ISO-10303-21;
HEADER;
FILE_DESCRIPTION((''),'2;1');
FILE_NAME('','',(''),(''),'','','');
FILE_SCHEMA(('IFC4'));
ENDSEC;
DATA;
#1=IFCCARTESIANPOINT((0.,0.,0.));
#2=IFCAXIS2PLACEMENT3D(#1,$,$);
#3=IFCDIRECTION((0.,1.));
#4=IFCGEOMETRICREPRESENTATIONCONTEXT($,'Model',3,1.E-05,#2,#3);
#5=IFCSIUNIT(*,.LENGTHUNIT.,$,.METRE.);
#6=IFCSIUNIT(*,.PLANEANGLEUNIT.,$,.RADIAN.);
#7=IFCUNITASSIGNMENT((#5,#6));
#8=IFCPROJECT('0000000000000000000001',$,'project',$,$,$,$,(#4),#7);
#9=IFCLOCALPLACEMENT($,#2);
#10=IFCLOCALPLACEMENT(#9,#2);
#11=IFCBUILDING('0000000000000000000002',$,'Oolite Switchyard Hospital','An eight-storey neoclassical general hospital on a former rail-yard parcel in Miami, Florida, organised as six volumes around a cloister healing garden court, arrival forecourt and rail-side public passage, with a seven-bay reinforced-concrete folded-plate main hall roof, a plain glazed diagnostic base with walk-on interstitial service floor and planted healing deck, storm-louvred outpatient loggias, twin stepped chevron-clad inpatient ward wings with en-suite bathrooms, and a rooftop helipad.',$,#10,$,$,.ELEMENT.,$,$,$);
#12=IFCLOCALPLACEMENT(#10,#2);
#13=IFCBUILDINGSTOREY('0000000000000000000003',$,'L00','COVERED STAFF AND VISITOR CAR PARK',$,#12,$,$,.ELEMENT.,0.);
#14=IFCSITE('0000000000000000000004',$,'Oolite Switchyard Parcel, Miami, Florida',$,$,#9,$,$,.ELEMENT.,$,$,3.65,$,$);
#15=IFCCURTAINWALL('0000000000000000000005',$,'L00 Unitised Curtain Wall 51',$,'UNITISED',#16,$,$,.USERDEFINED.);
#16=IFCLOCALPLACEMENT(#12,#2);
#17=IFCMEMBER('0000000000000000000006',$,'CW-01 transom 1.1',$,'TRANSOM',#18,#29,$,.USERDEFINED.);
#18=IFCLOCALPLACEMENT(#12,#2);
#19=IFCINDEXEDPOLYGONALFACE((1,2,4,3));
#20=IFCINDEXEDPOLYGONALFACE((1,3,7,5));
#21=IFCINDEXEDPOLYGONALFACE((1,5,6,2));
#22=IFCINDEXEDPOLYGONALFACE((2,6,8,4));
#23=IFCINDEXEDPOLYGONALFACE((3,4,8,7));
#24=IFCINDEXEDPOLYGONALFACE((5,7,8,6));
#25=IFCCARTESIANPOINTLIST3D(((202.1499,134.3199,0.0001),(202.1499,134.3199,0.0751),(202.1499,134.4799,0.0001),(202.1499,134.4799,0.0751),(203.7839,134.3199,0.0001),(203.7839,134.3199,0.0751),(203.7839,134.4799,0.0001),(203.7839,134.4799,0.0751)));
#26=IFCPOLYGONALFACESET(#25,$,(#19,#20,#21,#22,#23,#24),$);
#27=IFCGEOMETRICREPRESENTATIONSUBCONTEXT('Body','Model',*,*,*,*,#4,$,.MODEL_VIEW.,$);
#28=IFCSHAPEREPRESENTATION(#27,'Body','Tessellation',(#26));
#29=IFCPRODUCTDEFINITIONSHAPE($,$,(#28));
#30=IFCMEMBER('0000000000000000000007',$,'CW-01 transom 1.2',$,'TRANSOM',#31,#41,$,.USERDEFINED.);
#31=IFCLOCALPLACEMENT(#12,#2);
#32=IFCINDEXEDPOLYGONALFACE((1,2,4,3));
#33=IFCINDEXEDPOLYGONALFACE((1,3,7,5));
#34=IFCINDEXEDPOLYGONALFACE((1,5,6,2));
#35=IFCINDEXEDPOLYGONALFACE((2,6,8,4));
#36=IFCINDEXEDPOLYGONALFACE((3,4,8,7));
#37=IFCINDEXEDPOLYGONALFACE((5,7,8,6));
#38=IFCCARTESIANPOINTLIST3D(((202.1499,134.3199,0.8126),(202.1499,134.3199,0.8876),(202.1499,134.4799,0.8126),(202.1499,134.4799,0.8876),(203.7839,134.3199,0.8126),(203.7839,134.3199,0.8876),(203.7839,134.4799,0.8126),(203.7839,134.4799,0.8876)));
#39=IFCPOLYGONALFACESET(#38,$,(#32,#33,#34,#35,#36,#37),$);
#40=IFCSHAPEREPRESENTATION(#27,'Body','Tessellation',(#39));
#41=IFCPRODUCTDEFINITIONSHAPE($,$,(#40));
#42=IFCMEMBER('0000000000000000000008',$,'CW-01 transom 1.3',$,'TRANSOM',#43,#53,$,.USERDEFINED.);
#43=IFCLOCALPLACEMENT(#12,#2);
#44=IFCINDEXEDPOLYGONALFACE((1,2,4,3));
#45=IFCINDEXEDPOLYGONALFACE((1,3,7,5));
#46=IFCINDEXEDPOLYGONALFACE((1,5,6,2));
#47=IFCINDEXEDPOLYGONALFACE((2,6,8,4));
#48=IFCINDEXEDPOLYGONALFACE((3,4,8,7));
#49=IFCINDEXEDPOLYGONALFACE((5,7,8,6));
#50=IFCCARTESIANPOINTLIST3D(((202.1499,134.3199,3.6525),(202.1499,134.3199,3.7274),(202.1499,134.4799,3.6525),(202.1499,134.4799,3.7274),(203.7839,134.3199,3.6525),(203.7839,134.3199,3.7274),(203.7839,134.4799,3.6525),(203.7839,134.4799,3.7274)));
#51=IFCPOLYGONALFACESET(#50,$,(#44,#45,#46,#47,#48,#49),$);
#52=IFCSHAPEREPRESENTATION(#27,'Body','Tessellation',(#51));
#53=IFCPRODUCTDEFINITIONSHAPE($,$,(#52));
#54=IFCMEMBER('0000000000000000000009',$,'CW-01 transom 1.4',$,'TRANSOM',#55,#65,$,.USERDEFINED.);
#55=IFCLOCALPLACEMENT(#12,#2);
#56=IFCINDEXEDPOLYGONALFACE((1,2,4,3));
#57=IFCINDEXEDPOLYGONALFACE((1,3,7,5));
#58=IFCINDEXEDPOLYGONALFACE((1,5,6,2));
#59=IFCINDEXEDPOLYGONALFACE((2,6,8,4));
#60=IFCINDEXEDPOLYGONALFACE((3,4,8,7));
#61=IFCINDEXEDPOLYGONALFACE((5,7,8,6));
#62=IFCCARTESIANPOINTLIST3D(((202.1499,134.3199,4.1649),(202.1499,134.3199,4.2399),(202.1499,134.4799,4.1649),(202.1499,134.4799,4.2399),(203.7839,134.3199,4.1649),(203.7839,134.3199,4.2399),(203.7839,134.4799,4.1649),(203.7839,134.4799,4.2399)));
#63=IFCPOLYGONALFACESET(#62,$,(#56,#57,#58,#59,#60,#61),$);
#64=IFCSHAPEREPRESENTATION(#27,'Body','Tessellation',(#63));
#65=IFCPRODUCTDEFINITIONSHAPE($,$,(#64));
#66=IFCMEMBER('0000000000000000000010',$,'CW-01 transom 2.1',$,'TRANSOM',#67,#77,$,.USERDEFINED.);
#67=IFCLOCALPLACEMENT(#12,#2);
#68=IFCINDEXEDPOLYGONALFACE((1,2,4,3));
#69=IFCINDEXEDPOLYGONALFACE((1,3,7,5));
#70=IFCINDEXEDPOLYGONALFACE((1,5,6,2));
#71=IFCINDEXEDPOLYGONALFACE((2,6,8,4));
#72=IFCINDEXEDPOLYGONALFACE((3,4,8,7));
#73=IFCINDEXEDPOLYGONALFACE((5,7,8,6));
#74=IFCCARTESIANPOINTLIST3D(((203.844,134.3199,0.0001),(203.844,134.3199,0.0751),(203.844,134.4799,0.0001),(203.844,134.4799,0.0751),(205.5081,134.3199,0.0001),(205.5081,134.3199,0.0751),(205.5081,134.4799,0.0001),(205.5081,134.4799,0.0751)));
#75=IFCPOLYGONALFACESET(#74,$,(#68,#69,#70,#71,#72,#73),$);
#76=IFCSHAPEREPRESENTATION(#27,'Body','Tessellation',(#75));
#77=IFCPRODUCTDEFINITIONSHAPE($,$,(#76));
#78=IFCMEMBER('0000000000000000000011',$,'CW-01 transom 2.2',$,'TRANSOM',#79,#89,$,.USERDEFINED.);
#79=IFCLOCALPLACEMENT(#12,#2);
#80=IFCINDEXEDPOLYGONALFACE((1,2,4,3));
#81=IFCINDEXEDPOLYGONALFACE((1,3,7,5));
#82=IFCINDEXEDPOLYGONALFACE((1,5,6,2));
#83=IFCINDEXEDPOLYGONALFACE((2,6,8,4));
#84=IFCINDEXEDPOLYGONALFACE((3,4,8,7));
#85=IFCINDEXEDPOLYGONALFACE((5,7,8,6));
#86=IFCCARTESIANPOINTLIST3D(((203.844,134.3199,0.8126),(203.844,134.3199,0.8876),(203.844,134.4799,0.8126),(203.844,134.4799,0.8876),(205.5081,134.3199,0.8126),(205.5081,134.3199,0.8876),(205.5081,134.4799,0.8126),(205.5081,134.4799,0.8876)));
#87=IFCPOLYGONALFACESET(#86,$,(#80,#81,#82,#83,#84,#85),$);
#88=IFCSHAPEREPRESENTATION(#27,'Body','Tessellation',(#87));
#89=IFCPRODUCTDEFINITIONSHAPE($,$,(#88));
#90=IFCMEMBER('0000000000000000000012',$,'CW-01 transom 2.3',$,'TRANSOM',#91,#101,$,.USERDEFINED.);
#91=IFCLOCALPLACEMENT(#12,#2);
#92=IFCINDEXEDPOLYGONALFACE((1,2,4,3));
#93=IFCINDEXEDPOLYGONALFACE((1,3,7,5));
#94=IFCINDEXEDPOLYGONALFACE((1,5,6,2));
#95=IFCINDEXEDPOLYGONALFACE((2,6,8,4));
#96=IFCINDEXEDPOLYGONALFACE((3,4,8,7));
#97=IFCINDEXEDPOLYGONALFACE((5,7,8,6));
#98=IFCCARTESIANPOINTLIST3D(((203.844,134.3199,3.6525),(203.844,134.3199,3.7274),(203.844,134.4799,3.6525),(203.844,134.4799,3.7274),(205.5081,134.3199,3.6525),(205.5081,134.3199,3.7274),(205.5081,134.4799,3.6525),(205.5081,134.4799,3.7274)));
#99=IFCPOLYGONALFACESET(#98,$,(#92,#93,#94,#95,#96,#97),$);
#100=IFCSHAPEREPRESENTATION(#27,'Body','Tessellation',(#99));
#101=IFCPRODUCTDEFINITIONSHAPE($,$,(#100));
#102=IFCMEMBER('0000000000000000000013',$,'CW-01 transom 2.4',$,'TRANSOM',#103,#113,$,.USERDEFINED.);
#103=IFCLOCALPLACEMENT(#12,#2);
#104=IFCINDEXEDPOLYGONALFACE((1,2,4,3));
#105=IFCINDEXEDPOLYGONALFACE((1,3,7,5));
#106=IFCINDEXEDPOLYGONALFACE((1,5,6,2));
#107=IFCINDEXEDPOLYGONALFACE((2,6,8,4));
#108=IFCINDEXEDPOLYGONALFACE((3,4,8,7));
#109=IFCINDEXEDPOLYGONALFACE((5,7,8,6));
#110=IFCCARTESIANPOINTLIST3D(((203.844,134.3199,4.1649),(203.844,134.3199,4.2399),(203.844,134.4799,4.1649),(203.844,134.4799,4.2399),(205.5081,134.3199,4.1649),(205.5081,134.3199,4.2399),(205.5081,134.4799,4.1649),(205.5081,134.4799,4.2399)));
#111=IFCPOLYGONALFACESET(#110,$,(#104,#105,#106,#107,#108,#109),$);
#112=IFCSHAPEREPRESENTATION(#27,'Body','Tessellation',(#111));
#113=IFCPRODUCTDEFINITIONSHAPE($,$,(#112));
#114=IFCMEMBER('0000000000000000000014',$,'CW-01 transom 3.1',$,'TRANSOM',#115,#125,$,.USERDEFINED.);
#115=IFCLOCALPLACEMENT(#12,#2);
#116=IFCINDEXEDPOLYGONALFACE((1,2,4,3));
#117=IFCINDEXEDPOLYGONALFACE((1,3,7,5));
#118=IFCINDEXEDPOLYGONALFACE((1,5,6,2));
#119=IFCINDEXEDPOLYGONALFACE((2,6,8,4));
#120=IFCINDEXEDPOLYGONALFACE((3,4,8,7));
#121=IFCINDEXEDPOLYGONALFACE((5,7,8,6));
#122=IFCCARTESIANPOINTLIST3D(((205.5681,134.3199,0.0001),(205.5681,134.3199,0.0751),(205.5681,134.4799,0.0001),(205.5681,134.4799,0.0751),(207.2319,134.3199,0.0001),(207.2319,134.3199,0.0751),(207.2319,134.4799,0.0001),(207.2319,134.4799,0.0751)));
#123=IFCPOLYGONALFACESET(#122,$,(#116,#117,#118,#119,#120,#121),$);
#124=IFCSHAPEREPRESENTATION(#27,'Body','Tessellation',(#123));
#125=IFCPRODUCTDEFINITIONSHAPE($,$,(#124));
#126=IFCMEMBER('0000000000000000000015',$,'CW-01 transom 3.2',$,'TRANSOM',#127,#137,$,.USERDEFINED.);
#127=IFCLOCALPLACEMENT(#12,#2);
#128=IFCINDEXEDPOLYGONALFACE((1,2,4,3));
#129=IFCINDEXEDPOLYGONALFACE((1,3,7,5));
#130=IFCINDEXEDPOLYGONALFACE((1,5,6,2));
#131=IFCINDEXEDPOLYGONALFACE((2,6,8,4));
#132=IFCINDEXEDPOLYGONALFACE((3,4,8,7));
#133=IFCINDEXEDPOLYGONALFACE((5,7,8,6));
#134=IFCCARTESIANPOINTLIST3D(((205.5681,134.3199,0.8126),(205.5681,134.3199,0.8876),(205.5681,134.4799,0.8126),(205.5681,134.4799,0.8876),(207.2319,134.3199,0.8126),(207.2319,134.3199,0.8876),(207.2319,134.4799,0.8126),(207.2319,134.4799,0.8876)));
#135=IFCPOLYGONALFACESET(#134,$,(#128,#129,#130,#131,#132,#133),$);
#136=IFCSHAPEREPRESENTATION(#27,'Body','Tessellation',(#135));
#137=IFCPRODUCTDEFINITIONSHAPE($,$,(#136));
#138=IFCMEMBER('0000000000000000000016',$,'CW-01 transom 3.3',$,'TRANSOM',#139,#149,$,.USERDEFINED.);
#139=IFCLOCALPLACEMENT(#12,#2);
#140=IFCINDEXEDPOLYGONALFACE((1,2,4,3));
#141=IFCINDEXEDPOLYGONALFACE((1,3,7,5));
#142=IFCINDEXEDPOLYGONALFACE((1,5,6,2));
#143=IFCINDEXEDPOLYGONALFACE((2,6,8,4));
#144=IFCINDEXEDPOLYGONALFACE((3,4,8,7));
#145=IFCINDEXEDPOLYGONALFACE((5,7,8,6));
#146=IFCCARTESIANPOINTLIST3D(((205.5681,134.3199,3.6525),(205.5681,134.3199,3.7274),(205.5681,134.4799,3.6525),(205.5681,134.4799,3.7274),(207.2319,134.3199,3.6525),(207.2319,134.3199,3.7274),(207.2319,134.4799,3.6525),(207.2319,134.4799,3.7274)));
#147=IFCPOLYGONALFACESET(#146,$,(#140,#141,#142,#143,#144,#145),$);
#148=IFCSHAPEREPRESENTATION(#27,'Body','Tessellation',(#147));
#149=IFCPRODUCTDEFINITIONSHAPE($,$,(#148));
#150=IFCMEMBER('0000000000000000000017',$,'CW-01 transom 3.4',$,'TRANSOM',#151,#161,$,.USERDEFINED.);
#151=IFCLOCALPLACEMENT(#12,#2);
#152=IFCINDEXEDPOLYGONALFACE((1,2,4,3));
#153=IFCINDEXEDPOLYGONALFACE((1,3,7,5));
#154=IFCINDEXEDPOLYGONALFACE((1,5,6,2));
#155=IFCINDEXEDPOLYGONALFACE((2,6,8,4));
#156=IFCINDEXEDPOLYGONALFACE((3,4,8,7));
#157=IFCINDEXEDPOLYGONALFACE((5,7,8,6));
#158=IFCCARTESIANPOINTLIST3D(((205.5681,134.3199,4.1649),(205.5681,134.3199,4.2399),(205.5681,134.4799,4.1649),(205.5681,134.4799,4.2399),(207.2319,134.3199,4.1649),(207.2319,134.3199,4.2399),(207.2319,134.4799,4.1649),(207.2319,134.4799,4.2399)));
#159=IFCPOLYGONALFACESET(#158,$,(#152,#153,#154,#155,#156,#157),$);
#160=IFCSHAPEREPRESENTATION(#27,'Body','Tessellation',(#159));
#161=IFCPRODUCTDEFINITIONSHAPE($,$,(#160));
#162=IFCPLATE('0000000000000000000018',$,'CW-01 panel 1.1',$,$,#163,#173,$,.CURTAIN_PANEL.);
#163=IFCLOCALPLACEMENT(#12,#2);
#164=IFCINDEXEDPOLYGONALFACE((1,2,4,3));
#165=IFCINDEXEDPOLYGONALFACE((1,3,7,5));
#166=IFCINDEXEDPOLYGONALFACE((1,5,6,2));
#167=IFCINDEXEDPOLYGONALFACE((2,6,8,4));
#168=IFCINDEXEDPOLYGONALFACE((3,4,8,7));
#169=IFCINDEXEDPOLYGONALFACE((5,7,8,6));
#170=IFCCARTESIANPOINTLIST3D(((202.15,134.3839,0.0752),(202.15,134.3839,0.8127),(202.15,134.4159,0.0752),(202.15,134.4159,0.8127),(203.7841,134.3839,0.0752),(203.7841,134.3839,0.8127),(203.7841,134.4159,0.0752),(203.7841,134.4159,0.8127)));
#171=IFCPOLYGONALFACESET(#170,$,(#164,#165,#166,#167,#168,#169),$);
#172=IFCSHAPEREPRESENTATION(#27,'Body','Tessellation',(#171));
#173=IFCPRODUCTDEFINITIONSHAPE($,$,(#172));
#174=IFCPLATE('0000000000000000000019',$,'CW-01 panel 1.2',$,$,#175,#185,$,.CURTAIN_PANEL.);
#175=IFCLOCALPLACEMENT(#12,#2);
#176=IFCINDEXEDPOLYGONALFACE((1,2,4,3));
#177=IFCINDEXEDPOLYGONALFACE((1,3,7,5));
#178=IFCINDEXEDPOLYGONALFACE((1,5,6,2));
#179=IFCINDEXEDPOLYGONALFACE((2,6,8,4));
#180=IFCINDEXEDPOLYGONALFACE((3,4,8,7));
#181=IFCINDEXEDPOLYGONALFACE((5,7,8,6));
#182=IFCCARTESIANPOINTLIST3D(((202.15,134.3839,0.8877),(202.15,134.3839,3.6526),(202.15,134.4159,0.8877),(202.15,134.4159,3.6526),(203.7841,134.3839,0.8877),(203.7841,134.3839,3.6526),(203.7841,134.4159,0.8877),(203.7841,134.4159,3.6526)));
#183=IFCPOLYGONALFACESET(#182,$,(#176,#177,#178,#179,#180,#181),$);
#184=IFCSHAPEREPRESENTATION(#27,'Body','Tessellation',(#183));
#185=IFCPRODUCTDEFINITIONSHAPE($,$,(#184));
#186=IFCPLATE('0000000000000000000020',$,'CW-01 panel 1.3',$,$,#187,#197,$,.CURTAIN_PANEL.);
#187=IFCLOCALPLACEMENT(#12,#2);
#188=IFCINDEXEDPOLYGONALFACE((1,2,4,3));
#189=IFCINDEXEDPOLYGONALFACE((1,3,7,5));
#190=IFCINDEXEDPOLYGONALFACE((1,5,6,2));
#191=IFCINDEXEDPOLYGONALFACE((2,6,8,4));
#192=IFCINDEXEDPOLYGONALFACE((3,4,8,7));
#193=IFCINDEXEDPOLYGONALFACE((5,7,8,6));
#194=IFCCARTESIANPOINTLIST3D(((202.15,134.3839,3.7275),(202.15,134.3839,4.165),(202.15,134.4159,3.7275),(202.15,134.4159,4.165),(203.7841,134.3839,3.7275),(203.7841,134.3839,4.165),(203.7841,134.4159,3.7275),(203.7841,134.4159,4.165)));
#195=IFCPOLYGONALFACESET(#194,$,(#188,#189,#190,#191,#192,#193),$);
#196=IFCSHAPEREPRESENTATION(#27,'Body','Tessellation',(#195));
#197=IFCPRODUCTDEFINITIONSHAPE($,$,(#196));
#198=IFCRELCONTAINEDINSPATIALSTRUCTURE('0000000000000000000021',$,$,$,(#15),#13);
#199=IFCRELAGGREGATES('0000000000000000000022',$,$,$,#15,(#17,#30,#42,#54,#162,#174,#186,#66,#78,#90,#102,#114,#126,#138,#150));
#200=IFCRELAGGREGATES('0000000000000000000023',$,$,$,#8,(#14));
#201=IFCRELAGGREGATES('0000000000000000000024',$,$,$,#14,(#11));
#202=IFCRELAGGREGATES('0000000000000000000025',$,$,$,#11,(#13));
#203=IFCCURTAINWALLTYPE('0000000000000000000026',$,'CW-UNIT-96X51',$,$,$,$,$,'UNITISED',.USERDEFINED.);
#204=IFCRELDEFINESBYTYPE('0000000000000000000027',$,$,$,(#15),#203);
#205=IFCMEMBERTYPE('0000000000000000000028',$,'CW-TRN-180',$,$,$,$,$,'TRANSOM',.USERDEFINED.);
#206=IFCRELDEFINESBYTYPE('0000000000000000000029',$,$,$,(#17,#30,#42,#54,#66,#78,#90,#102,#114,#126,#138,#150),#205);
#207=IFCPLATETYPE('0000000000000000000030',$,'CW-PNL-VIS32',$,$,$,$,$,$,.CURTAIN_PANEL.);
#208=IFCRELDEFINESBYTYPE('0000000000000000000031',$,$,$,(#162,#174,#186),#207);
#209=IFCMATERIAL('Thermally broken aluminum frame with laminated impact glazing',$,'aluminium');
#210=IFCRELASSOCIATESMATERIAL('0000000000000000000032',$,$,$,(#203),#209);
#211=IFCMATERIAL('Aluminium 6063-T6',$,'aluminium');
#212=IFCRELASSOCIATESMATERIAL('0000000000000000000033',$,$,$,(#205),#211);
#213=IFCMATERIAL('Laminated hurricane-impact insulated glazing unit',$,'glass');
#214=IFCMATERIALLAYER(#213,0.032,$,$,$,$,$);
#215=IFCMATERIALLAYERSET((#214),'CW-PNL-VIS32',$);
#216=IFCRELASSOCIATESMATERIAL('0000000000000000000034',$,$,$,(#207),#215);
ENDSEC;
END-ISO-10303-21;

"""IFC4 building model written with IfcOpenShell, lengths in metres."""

from ifc_helpers import new_model, si_unit, direction, frame, origin, origin_2d, place, context, subcontext, project, spatial, rectangle, extrude, material, layer, layer_set, material_profile, profile_set, type_object, element, aggregate, save


model = new_model("IFC4")

# Units and contexts
model_context = context("Model", 3, precision=1e-05, world=origin(), true_north=direction((0.0, 1.0)))
body_context = subcontext(model_context, "Body", "Model", "MODEL_VIEW")
ifc_project = project(units=[si_unit("LENGTHUNIT", "METRE"), si_unit("PLANEANGLEUNIT", "RADIAN")], contexts=[model_context])

# Site, building, storey
site_placement = place(None, origin())
site = spatial("IfcSite", under=ifc_project, at=site_placement, Name="Oolite Switchyard Parcel, Miami, Florida", CompositionType="ELEMENT", RefElevation=3.65)
building_placement = place(site_placement, origin())
building = spatial("IfcBuilding", under=site, at=building_placement, Name="Oolite Switchyard Hospital", Description="An eight-storey neoclassical general hospital on a former rail-yard parcel in Miami, Florida, organised as six volumes around a cloister healing garden court, arrival forecourt and rail-side public passage, with a seven-bay reinforced-concrete folded-plate main hall roof, a plain glazed diagnostic base with walk-on interstitial service floor and planted healing deck, storm-louvred outpatient loggias, twin stepped chevron-clad inpatient ward wings with en-suite bathrooms, and a rooftop helipad.", CompositionType="ELEMENT")
storey_placement = place(building_placement, origin())
storey = spatial("IfcBuildingStorey", under=building, at=storey_placement, Name="L00", Description="COVERED STAFF AND VISITOR CAR PARK", CompositionType="ELEMENT", Elevation=0.0)

# Curtain wall, members, plates
ifc_material_1 = material(Name="Thermally broken aluminum frame with laminated impact glazing", Category="aluminium")
curtain_wall_type = type_object("IfcCurtainWallType", Name="CW-UNIT-96X51", ElementType="UNITISED", PredefinedType="USERDEFINED", material=ifc_material_1)
curtain_wall_placement = place(storey_placement, origin())
curtain_wall = element("IfcCurtainWall", 1, at=curtain_wall_placement, inside=storey, type_object=curtain_wall_type, Name="L00 Unitised Curtain Wall 51", ObjectType="UNITISED", PredefinedType="USERDEFINED")
ifc_material_2 = material(Name="Aluminium 6063-T6", Category="aluminium")
ifc_material_profile_1 = material_profile(ifc_material_2, rectangle(XDim=0.1599, YDim=0.075, at=origin_2d()), Name="CWT75X160")
ifc_profile_set_1 = profile_set([ifc_material_profile_1], Name="Aluminium 6063-T6")
member_type_1 = type_object("IfcMemberType", Name="CW-TRN-180", ElementType="TRANSOM", PredefinedType="USERDEFINED", material=ifc_profile_set_1)
member_1_placement = place(storey_placement, frame((202.1499, 134.3999, 0.0376), z_axis=(1.0, 0.0, 0.0), x_axis=(0.0, 1.0, 0.0)))
member_1 = element("IfcMember", 2, at=member_1_placement, type_object=member_type_1, Name="CW-01 transom 1.1", ObjectType="TRANSOM", PredefinedType="USERDEFINED", context=body_context, shape_type="SweptSolid", body=[
    extrude(rectangle(XDim=0.1599, YDim=0.075, at=origin_2d()), origin(), (0.0, 0.0, 1.0), 1.634),
])
member_2_placement = place(storey_placement, frame((202.1499, 134.3999, 0.8501), z_axis=(1.0, 0.0, 0.0), x_axis=(0.0, 1.0, 0.0)))
member_2 = element("IfcMember", 3, at=member_2_placement, type_object=member_type_1, Name="CW-01 transom 1.2", ObjectType="TRANSOM", PredefinedType="USERDEFINED", context=body_context, shape_type="SweptSolid", body=[
    extrude(rectangle(XDim=0.1599, YDim=0.075, at=origin_2d()), origin(), (0.0, 0.0, 1.0), 1.634),
])
member_3_placement = place(storey_placement, frame((202.1499, 134.3999, 3.6899), z_axis=(1.0, 0.0, 0.0), x_axis=(0.0, 1.0, 0.0)))
member_3 = element("IfcMember", 4, at=member_3_placement, type_object=member_type_1, Name="CW-01 transom 1.3", ObjectType="TRANSOM", PredefinedType="USERDEFINED", context=body_context, shape_type="SweptSolid", body=[
    extrude(rectangle(XDim=0.1599, YDim=0.075, at=origin_2d()), origin(), (0.0, 0.0, 1.0), 1.634),
])
member_4_placement = place(storey_placement, frame((202.1499, 134.3999, 4.2024), z_axis=(1.0, 0.0, 0.0), x_axis=(0.0, 1.0, 0.0)))
member_4 = element("IfcMember", 5, at=member_4_placement, type_object=member_type_1, Name="CW-01 transom 1.4", ObjectType="TRANSOM", PredefinedType="USERDEFINED", context=body_context, shape_type="SweptSolid", body=[
    extrude(rectangle(XDim=0.1599, YDim=0.075, at=origin_2d()), origin(), (0.0, 0.0, 1.0), 1.634),
])
member_5_placement = place(storey_placement, frame((203.844, 134.3999, 0.0376), z_axis=(1.0, 0.0, 0.0), x_axis=(0.0, 1.0, 0.0)))
member_5 = element("IfcMember", 6, at=member_5_placement, type_object=member_type_1, Name="CW-01 transom 2.1", ObjectType="TRANSOM", PredefinedType="USERDEFINED", context=body_context, shape_type="SweptSolid", body=[
    extrude(rectangle(XDim=0.1599, YDim=0.075, at=origin_2d()), origin(), (0.0, 0.0, 1.0), 1.6641),
])
member_6_placement = place(storey_placement, frame((203.844, 134.3999, 0.8501), z_axis=(1.0, 0.0, 0.0), x_axis=(0.0, 1.0, 0.0)))
member_6 = element("IfcMember", 7, at=member_6_placement, type_object=member_type_1, Name="CW-01 transom 2.2", ObjectType="TRANSOM", PredefinedType="USERDEFINED", context=body_context, shape_type="SweptSolid", body=[
    extrude(rectangle(XDim=0.1599, YDim=0.075, at=origin_2d()), origin(), (0.0, 0.0, 1.0), 1.6641),
])
member_7_placement = place(storey_placement, frame((203.844, 134.3999, 3.6899), z_axis=(1.0, 0.0, 0.0), x_axis=(0.0, 1.0, 0.0)))
member_7 = element("IfcMember", 8, at=member_7_placement, type_object=member_type_1, Name="CW-01 transom 2.3", ObjectType="TRANSOM", PredefinedType="USERDEFINED", context=body_context, shape_type="SweptSolid", body=[
    extrude(rectangle(XDim=0.1599, YDim=0.075, at=origin_2d()), origin(), (0.0, 0.0, 1.0), 1.6641),
])
member_8_placement = place(storey_placement, frame((203.844, 134.3999, 4.2024), z_axis=(1.0, 0.0, 0.0), x_axis=(0.0, 1.0, 0.0)))
member_8 = element("IfcMember", 9, at=member_8_placement, type_object=member_type_1, Name="CW-01 transom 2.4", ObjectType="TRANSOM", PredefinedType="USERDEFINED", context=body_context, shape_type="SweptSolid", body=[
    extrude(rectangle(XDim=0.1599, YDim=0.075, at=origin_2d()), origin(), (0.0, 0.0, 1.0), 1.6641),
])
member_9_placement = place(storey_placement, frame((205.5681, 134.3999, 0.0376), z_axis=(1.0, 0.0, 0.0), x_axis=(0.0, 1.0, 0.0)))
member_9 = element("IfcMember", 10, at=member_9_placement, type_object=member_type_1, Name="CW-01 transom 3.1", ObjectType="TRANSOM", PredefinedType="USERDEFINED", context=body_context, shape_type="SweptSolid", body=[
    extrude(rectangle(XDim=0.1599, YDim=0.075, at=origin_2d()), origin(), (0.0, 0.0, 1.0), 1.6638),
])
member_10_placement = place(storey_placement, frame((205.5681, 134.3999, 0.8501), z_axis=(1.0, 0.0, 0.0), x_axis=(0.0, 1.0, 0.0)))
member_10 = element("IfcMember", 11, at=member_10_placement, type_object=member_type_1, Name="CW-01 transom 3.2", ObjectType="TRANSOM", PredefinedType="USERDEFINED", context=body_context, shape_type="SweptSolid", body=[
    extrude(rectangle(XDim=0.1599, YDim=0.075, at=origin_2d()), origin(), (0.0, 0.0, 1.0), 1.6638),
])
member_11_placement = place(storey_placement, frame((205.5681, 134.3999, 3.6899), z_axis=(1.0, 0.0, 0.0), x_axis=(0.0, 1.0, 0.0)))
member_11 = element("IfcMember", 12, at=member_11_placement, type_object=member_type_1, Name="CW-01 transom 3.3", ObjectType="TRANSOM", PredefinedType="USERDEFINED", context=body_context, shape_type="SweptSolid", body=[
    extrude(rectangle(XDim=0.1599, YDim=0.075, at=origin_2d()), origin(), (0.0, 0.0, 1.0), 1.6638),
])
member_12_placement = place(storey_placement, frame((205.5681, 134.3999, 4.2024), z_axis=(1.0, 0.0, 0.0), x_axis=(0.0, 1.0, 0.0)))
member_12 = element("IfcMember", 13, at=member_12_placement, type_object=member_type_1, Name="CW-01 transom 3.4", ObjectType="TRANSOM", PredefinedType="USERDEFINED", context=body_context, shape_type="SweptSolid", body=[
    extrude(rectangle(XDim=0.1599, YDim=0.075, at=origin_2d()), origin(), (0.0, 0.0, 1.0), 1.6638),
])
ifc_material_3 = material(Name="Laminated hurricane-impact insulated glazing unit", Category="glass")
ifc_layer = layer(ifc_material_3, 0.032)
ifc_layer_set = layer_set([ifc_layer], Name="CW-PNL-VIS32")
plate_type = type_object("IfcPlateType", Name="CW-PNL-VIS32", PredefinedType="CURTAIN_PANEL", material=ifc_layer_set)
plate_1_placement = place(storey_placement, frame((202.967, 134.3999, 0.0752), z_axis=(0.0, 0.0, 1.0), x_axis=(1.0, 0.0, 0.0)))
plate_1 = element("IfcPlate", 14, at=plate_1_placement, type_object=plate_type, Name="CW-01 panel 1.1", PredefinedType="CURTAIN_PANEL", context=body_context, shape_type="SweptSolid", body=[
    extrude(rectangle(XDim=1.634, YDim=0.032, at=origin_2d()), origin(), (0.0, 0.0, 1.0), 0.7375),
])
plate_2_placement = place(storey_placement, frame((202.967, 134.3999, 0.8877), z_axis=(0.0, 0.0, 1.0), x_axis=(1.0, 0.0, 0.0)))
plate_2 = element("IfcPlate", 15, at=plate_2_placement, type_object=plate_type, Name="CW-01 panel 1.2", PredefinedType="CURTAIN_PANEL", context=body_context, shape_type="SweptSolid", body=[
    extrude(rectangle(XDim=1.634, YDim=0.032, at=origin_2d()), origin(), (0.0, 0.0, 1.0), 2.7649),
])
plate_3_placement = place(storey_placement, frame((202.967, 134.3999, 3.7275), z_axis=(0.0, 0.0, 1.0), x_axis=(1.0, 0.0, 0.0)))
plate_3 = element("IfcPlate", 16, at=plate_3_placement, type_object=plate_type, Name="CW-01 panel 1.3", PredefinedType="CURTAIN_PANEL", context=body_context, shape_type="SweptSolid", body=[
    extrude(rectangle(XDim=1.634, YDim=0.032, at=origin_2d()), origin(), (0.0, 0.0, 1.0), 0.4375),
])
aggregate(curtain_wall, [member_1, member_2, member_3, member_4, plate_1, plate_2, plate_3, member_5, member_6, member_7, member_8, member_9, member_10, member_11, member_12])

save(model, "model.ifc")
